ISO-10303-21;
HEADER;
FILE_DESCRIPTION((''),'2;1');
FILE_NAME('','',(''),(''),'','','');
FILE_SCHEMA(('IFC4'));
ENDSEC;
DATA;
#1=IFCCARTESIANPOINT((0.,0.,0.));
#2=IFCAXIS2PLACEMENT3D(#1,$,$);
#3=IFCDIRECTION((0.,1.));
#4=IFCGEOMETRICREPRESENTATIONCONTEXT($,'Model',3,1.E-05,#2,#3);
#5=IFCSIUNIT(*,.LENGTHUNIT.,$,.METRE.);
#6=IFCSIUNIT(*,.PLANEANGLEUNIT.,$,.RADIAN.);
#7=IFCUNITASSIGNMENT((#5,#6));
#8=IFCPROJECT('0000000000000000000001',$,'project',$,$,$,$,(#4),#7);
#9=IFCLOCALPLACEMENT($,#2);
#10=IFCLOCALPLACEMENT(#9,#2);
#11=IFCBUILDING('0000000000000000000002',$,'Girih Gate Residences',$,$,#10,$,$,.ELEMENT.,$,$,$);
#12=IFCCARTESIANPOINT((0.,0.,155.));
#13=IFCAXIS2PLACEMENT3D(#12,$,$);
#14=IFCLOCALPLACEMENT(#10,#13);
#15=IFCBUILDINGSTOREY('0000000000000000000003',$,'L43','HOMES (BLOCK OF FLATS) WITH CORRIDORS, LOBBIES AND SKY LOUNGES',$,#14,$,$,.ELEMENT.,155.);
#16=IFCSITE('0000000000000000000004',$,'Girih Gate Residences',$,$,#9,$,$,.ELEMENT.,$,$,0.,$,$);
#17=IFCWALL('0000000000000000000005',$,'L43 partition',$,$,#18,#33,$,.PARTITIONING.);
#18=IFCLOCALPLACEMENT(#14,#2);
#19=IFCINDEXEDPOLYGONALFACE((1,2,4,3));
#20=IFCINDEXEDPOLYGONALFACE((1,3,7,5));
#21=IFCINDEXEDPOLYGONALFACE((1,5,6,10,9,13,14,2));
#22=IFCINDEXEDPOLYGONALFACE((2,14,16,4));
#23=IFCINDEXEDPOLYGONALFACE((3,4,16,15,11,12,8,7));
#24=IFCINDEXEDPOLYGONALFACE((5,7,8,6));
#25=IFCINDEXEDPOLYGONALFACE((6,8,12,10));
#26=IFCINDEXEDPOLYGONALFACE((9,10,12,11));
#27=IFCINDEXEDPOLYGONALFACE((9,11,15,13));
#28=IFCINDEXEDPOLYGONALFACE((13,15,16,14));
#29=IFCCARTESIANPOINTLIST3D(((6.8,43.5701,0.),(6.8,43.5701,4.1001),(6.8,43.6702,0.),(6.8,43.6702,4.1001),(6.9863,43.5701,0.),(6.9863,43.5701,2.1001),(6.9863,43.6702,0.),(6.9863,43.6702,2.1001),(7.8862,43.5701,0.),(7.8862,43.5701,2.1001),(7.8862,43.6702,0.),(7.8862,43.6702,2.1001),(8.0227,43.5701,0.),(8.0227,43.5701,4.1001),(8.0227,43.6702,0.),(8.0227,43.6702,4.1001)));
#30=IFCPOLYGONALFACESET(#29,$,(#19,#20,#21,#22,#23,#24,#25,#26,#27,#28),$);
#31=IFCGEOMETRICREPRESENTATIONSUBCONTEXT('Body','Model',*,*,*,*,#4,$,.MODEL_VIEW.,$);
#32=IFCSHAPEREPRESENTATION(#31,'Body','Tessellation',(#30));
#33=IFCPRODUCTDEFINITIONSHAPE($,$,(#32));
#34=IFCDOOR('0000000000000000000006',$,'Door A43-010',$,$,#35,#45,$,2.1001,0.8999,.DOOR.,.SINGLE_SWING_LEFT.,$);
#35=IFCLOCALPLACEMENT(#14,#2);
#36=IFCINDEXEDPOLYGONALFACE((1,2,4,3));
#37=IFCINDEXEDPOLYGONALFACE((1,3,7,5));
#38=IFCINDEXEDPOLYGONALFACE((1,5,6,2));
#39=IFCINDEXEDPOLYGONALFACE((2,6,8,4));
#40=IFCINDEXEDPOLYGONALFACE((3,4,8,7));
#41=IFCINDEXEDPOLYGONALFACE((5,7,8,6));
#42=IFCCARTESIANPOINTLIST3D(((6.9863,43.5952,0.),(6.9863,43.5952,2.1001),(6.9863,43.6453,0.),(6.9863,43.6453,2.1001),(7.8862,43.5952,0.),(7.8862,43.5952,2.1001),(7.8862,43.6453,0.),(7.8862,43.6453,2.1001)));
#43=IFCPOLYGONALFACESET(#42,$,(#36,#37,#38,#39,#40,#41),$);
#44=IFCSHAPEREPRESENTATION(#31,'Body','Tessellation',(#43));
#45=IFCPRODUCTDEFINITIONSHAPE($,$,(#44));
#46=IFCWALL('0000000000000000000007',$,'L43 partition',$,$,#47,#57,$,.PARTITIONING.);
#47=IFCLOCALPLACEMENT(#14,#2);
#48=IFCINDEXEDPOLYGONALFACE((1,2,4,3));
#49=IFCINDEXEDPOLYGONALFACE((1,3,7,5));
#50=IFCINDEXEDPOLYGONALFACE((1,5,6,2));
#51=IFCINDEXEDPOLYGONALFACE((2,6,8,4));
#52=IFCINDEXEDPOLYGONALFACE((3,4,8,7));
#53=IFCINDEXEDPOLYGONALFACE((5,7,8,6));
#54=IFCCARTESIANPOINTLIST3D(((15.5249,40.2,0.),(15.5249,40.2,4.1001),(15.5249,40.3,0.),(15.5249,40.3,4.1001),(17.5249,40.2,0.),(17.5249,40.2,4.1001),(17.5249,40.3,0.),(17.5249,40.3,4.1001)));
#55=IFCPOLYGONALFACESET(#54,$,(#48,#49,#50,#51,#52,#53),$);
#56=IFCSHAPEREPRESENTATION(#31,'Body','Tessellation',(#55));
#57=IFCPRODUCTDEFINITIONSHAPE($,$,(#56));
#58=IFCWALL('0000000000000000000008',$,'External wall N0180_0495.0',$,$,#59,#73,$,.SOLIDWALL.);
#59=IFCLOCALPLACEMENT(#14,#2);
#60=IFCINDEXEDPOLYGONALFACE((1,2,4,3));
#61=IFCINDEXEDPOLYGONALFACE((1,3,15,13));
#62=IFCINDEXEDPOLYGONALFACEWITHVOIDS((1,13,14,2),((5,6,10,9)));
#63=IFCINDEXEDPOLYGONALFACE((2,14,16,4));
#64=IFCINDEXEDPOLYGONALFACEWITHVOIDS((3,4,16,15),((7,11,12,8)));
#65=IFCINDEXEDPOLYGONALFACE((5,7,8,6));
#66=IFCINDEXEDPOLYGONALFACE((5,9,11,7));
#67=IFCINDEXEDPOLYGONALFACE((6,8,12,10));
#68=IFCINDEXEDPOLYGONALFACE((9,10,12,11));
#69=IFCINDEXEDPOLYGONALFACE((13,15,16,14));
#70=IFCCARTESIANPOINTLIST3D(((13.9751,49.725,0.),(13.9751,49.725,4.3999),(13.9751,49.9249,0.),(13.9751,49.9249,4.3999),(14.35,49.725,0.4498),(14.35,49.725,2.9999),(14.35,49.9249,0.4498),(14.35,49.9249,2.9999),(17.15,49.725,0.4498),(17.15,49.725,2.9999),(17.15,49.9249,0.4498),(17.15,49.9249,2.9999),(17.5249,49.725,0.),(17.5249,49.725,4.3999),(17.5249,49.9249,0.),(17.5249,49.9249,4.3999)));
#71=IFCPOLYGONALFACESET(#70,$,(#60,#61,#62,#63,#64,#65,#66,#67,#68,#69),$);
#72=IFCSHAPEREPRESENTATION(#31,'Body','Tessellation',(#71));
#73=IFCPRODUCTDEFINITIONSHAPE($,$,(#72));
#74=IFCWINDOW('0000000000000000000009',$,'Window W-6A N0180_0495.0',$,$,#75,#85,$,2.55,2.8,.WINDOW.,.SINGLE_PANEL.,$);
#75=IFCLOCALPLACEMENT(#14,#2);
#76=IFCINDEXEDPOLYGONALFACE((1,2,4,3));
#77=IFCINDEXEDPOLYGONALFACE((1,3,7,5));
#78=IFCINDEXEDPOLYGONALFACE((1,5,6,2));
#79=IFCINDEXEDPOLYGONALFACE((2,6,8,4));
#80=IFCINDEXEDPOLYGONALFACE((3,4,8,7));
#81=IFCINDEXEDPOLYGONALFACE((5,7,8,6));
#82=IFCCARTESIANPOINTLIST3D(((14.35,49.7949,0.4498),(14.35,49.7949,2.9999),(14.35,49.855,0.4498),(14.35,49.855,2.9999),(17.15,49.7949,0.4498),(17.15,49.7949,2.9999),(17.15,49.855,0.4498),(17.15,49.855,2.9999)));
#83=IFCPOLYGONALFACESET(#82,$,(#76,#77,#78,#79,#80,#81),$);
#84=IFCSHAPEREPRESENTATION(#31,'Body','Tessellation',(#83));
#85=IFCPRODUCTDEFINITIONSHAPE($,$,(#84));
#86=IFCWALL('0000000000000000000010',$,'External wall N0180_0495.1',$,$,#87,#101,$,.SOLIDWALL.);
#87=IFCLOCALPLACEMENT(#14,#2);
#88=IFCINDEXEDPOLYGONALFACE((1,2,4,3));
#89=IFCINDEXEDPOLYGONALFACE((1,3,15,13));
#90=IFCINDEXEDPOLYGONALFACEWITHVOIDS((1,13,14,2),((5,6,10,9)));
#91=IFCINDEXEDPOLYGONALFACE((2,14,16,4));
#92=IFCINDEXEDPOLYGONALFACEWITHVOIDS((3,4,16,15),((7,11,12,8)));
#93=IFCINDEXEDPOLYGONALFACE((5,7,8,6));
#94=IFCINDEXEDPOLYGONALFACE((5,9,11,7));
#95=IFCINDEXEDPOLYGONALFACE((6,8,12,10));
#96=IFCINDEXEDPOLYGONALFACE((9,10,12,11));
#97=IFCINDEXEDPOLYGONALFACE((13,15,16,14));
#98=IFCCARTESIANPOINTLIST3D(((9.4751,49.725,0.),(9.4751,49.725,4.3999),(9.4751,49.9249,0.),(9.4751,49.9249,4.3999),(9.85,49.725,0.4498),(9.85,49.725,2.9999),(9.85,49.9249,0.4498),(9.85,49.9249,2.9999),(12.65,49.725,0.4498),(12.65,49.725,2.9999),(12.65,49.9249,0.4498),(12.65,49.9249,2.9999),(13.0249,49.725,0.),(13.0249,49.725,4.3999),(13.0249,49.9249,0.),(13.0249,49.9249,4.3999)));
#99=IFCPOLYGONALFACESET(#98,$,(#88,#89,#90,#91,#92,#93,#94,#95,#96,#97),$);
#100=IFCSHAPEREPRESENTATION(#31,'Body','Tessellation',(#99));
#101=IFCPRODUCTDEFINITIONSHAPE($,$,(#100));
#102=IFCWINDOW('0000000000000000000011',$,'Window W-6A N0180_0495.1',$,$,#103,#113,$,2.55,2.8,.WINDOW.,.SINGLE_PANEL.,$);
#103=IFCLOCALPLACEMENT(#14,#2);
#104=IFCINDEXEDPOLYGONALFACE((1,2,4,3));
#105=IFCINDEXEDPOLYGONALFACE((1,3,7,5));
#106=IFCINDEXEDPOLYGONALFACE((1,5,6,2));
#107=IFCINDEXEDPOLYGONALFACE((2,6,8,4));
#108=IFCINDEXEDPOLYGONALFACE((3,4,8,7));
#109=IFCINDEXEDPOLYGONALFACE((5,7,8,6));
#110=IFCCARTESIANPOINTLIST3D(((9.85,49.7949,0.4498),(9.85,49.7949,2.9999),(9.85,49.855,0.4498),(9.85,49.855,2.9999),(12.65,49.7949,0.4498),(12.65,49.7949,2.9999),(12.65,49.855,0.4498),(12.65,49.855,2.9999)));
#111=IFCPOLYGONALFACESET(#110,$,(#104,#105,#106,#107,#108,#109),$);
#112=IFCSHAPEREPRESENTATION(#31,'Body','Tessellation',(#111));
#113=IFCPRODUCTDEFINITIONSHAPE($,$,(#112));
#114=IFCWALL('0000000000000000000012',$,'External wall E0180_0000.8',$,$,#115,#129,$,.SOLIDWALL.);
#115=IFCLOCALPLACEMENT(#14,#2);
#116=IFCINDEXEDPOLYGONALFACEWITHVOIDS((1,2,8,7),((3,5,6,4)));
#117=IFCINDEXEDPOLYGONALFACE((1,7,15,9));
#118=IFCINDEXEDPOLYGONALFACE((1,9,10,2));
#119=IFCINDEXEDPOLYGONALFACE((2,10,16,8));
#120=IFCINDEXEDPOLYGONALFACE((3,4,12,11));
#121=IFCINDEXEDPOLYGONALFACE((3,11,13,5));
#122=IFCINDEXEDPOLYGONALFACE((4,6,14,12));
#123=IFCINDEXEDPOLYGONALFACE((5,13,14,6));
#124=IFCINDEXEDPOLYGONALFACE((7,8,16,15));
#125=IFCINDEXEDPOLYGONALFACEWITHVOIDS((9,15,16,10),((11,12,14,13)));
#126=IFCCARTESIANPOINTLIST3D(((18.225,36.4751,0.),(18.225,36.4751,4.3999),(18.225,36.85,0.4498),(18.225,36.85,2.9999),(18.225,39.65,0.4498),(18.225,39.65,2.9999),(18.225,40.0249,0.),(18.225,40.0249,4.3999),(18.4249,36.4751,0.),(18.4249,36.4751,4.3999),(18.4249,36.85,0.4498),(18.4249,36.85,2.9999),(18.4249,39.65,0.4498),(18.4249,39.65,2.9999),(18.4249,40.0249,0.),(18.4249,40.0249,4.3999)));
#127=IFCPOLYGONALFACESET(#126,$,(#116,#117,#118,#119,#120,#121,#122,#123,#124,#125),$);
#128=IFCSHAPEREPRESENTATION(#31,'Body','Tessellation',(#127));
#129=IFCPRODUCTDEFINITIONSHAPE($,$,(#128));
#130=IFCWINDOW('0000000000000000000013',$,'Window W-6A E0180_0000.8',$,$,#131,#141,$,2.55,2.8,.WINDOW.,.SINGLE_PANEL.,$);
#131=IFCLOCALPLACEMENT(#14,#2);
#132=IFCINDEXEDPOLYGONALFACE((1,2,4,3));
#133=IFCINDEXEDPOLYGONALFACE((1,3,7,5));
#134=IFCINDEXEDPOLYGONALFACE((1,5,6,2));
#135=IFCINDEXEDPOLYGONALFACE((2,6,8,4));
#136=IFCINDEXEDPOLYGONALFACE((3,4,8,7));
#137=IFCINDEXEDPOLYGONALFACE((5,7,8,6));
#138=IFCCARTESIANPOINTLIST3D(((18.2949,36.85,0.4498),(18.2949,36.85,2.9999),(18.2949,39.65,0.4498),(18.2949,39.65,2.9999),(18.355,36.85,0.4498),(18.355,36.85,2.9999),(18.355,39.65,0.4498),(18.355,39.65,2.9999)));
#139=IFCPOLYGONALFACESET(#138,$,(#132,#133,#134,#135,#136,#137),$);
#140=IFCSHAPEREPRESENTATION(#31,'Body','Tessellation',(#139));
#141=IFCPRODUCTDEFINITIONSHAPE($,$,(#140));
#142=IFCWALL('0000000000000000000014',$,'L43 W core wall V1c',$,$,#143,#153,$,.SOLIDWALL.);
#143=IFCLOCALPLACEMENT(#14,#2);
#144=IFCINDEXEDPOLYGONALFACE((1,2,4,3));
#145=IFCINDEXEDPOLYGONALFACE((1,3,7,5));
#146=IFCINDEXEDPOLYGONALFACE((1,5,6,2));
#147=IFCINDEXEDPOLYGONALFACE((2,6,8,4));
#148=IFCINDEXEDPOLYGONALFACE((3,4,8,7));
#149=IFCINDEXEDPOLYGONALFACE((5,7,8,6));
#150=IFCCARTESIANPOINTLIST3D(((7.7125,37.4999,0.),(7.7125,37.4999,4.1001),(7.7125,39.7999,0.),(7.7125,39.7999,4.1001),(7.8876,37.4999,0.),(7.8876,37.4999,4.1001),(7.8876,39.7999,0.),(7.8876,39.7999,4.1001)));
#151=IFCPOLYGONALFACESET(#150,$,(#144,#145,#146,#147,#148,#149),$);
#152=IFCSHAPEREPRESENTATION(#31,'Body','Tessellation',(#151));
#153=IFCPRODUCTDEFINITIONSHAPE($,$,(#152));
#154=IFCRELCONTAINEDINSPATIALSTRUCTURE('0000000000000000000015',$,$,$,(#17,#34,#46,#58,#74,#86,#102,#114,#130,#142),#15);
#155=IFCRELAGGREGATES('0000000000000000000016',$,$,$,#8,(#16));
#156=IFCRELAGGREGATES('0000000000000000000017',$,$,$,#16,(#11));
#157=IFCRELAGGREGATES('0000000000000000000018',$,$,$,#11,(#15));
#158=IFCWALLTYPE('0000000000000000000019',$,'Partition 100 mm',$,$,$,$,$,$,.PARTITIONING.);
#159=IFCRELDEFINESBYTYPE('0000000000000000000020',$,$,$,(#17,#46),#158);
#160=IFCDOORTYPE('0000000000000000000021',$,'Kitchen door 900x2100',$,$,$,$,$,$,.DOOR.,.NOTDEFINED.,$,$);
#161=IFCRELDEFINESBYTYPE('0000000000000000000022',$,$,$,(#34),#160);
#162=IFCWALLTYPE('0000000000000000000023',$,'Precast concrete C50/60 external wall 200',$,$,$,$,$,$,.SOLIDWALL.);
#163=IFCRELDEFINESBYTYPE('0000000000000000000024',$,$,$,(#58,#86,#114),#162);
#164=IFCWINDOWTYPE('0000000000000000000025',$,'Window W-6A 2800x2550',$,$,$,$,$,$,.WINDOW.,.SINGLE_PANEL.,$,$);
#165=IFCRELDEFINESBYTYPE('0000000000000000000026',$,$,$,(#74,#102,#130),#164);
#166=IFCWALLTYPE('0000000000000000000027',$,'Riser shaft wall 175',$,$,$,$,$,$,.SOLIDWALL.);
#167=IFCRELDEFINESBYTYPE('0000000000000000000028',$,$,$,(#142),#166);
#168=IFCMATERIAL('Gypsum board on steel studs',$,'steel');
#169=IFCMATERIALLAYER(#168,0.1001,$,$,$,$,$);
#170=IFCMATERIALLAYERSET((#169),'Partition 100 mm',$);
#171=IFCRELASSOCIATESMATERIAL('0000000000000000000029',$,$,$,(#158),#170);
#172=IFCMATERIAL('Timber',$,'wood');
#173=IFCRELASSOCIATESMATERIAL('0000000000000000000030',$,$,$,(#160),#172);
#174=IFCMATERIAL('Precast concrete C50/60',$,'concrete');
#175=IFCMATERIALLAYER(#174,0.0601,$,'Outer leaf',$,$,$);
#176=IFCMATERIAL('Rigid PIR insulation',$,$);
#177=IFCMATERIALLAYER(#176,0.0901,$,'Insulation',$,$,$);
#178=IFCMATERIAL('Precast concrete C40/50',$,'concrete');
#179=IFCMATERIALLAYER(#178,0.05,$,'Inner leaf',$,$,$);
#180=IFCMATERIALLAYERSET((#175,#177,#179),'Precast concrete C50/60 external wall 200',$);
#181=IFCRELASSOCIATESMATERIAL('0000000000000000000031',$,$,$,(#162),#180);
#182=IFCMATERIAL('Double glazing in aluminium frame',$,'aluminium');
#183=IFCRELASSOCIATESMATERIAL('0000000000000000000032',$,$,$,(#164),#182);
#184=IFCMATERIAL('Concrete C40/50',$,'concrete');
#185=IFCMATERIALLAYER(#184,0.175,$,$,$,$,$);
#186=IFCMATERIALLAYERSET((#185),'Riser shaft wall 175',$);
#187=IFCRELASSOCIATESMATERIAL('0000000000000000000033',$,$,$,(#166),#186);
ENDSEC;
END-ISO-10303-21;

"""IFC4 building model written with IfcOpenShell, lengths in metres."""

from ifc_helpers import new_model, si_unit, direction, frame, frame_2d, origin, place, context, subcontext, project, spatial, rectangle, extrude, material, layer, layer_set, type_object, element, fill, save


model = new_model("IFC4")

# Units and contexts
model_context = context("Model", 3, precision=1e-05, world=origin(), true_north=direction((0.0, 1.0)))
body_context = subcontext(model_context, "Body", "Model", "MODEL_VIEW")
ifc_project = project(units=[si_unit("LENGTHUNIT", "METRE"), si_unit("PLANEANGLEUNIT", "RADIAN")], contexts=[model_context])

# Site, building, storey
site_placement = place(None, origin())
site = spatial("IfcSite", under=ifc_project, at=site_placement, Name="Girih Gate Residences", CompositionType="ELEMENT", RefElevation=0.0)
building_placement = place(site_placement, origin())
building = spatial("IfcBuilding", under=site, at=building_placement, Name="Girih Gate Residences", CompositionType="ELEMENT")
storey_placement = place(building_placement, frame((0.0, 0.0, 155.0)))
storey = spatial("IfcBuildingStorey", under=building, at=storey_placement, Name="L43", Description="HOMES (BLOCK OF FLATS) WITH CORRIDORS, LOBBIES AND SKY LOUNGES", CompositionType="ELEMENT", Elevation=155.0)

# Shared definitions
ifc_material_1 = material(Name="Gypsum board on steel studs", Category="steel")

# Wall, opening, door
ifc_layer_1 = layer(ifc_material_1, 0.1001)
ifc_layer_set_1 = layer_set([ifc_layer_1], Name="Partition 100 mm")
wall_type_1 = type_object("IfcWallType", Name="Partition 100 mm", PredefinedType="PARTITIONING", material=ifc_layer_set_1)
wall_1_placement = place(storey_placement, frame((8.0227, 43.6201, 0.0), z_axis=(0.0, 0.0, 1.0), x_axis=(-1.0, 0.0, 0.0)))
wall_1 = element("IfcWall", 1, at=wall_1_placement, inside=storey, type_object=wall_type_1, Name="L43 partition", PredefinedType="PARTITIONING", context=body_context, shape_type="SweptSolid", body=[
    extrude(rectangle(XDim=1.2227, YDim=0.1001, at=frame_2d((0.6113, 0.0))), origin(), (0.0, 0.0, 1.0), 4.1001),
])
opening_1_placement = place(wall_1_placement, frame((0.1365, 0.0, 0.0)))
opening_1 = element("IfcOpeningElement", 2, at=opening_1_placement, cuts=wall_1, PredefinedType="OPENING", context=body_context, shape_type="SweptSolid", body=[
    extrude(rectangle(XDim=0.8999, YDim=2.1001, at=frame_2d((0.45, 1.05))), frame((0.0, 0.0601, 0.0), z_axis=(0.0, -1.0, 0.0), x_axis=(1.0, 0.0, 0.0)), (0.0, 0.0, 1.0), 0.1201),
])
ifc_material_2 = material(Name="Timber", Category="wood")
door_type_1 = type_object("IfcDoorType", Name="Kitchen door 900x2100", OperationType="NOTDEFINED", PredefinedType="DOOR", material=ifc_material_2)
door_1_placement = place(opening_1_placement, origin())
door_1 = element("IfcDoor", 3, at=door_1_placement, inside=storey, type_object=door_type_1, Name="Door A43-010", OperationType="SINGLE_SWING_LEFT", OverallHeight=2.1001, OverallWidth=0.8999, PredefinedType="DOOR", context=body_context, shape_type="SweptSolid", body=[
    extrude(rectangle(XDim=0.8999, YDim=2.1001, at=frame_2d((0.45, 1.05))), frame((0.0, 0.0249, 0.0), z_axis=(0.0, -1.0, 0.0), x_axis=(1.0, 0.0, 0.0)), (0.0, 0.0, 1.0), 0.05),
])
fill(opening_1, door_1)

# Wall
wall_2_placement = place(storey_placement, frame((15.5249, 40.25, 0.0), z_axis=(0.0, 0.0, 1.0), x_axis=(1.0, 0.0, 0.0)))
element("IfcWall", 4, at=wall_2_placement, inside=storey, type_object=wall_type_1, Name="L43 partition", PredefinedType="PARTITIONING", context=body_context, shape_type="SweptSolid", body=[
    extrude(rectangle(XDim=2.0, YDim=0.1001, at=frame_2d((1.0, 0.0))), origin(), (0.0, 0.0, 1.0), 4.1001),
])

# Walls, openings, windows
ifc_material_3 = material(Name="Precast concrete C50/60", Category="concrete")
ifc_layer_2 = layer(ifc_material_3, 0.0601, Name="Outer leaf")
ifc_material_4 = material(Name="Rigid PIR insulation")
ifc_layer_3 = layer(ifc_material_4, 0.0901, Name="Insulation")
ifc_material_5 = material(Name="Precast concrete C40/50", Category="concrete")
ifc_layer_4 = layer(ifc_material_5, 0.05, Name="Inner leaf")
ifc_layer_set_2 = layer_set([ifc_layer_2, ifc_layer_3, ifc_layer_4], Name="Precast concrete C50/60 external wall 200")
wall_type_2 = type_object("IfcWallType", Name="Precast concrete C50/60 external wall 200", PredefinedType="SOLIDWALL", material=ifc_layer_set_2)
wall_3_placement = place(storey_placement, frame((13.9751, 49.825, 0.0), z_axis=(0.0, 0.0, 1.0), x_axis=(1.0, 0.0, 0.0)))
wall_3 = element("IfcWall", 5, at=wall_3_placement, inside=storey, type_object=wall_type_2, Name="External wall N0180_0495.0", PredefinedType="SOLIDWALL", context=body_context, shape_type="SweptSolid", body=[
    extrude(rectangle(XDim=3.5498, YDim=0.2, at=frame_2d((1.7749, 0.0))), origin(), (0.0, 0.0, 1.0), 4.3999),
])
opening_2_placement = place(wall_3_placement, frame((0.375, 0.0, 0.45)))
opening_2 = element("IfcOpeningElement", 6, at=opening_2_placement, cuts=wall_3, PredefinedType="OPENING", context=body_context, shape_type="SweptSolid", body=[
    extrude(rectangle(XDim=2.8, YDim=2.55, at=frame_2d((1.3999, 1.2749))), frame((0.0, 0.1099, 0.0), z_axis=(0.0, -1.0, 0.0), x_axis=(1.0, 0.0, 0.0)), (0.0, 0.0, 1.0), 0.22),
])
ifc_material_6 = material(Name="Double glazing in aluminium frame", Category="aluminium")
window_type = type_object("IfcWindowType", Name="Window W-6A 2800x2550", PartitioningType="SINGLE_PANEL", PredefinedType="WINDOW", material=ifc_material_6)
window_1_placement = place(opening_2_placement, origin())
window_1 = element("IfcWindow", 7, at=window_1_placement, inside=storey, type_object=window_type, Name="Window W-6A N0180_0495.0", OverallHeight=2.55, OverallWidth=2.8, PartitioningType="SINGLE_PANEL", PredefinedType="WINDOW", context=body_context, shape_type="SweptSolid", body=[
    extrude(rectangle(XDim=2.8, YDim=2.55, at=frame_2d((1.3999, 1.2749))), frame((0.0, 0.03, 0.0), z_axis=(0.0, -1.0, 0.0), x_axis=(1.0, 0.0, 0.0)), (0.0, 0.0, 1.0), 0.0601),
])
fill(opening_2, window_1)
wall_4_placement = place(storey_placement, frame((9.4751, 49.825, 0.0), z_axis=(0.0, 0.0, 1.0), x_axis=(1.0, 0.0, 0.0)))
wall_4 = element("IfcWall", 8, at=wall_4_placement, inside=storey, type_object=wall_type_2, Name="External wall N0180_0495.1", PredefinedType="SOLIDWALL", context=body_context, shape_type="SweptSolid", body=[
    extrude(rectangle(XDim=3.5498, YDim=0.2, at=frame_2d((1.7749, 0.0))), origin(), (0.0, 0.0, 1.0), 4.3999),
])
opening_3_placement = place(wall_4_placement, frame((0.375, 0.0, 0.45)))
opening_3 = element("IfcOpeningElement", 9, at=opening_3_placement, cuts=wall_4, PredefinedType="OPENING", context=body_context, shape_type="SweptSolid", body=[
    extrude(rectangle(XDim=2.8, YDim=2.55, at=frame_2d((1.3999, 1.2749))), frame((0.0, 0.1099, 0.0), z_axis=(0.0, -1.0, 0.0), x_axis=(1.0, 0.0, 0.0)), (0.0, 0.0, 1.0), 0.22),
])
window_2_placement = place(opening_3_placement, origin())
window_2 = element("IfcWindow", 10, at=window_2_placement, inside=storey, type_object=window_type, Name="Window W-6A N0180_0495.1", OverallHeight=2.55, OverallWidth=2.8, PartitioningType="SINGLE_PANEL", PredefinedType="WINDOW", context=body_context, shape_type="SweptSolid", body=[
    extrude(rectangle(XDim=2.8, YDim=2.55, at=frame_2d((1.3999, 1.2749))), frame((0.0, 0.03, 0.0), z_axis=(0.0, -1.0, 0.0), x_axis=(1.0, 0.0, 0.0)), (0.0, 0.0, 1.0), 0.0601),
])
fill(opening_3, window_2)
wall_5_placement = place(storey_placement, frame((18.325, 40.0249, 0.0), z_axis=(0.0, 0.0, 1.0), x_axis=(0.0, -1.0, 0.0)))
wall_5 = element("IfcWall", 11, at=wall_5_placement, inside=storey, type_object=wall_type_2, Name="External wall E0180_0000.8", PredefinedType="SOLIDWALL", context=body_context, shape_type="SweptSolid", body=[
    extrude(rectangle(XDim=3.5498, YDim=0.2, at=frame_2d((1.7749, 0.0))), origin(), (0.0, 0.0, 1.0), 4.3999),
])
opening_4_placement = place(wall_5_placement, frame((0.375, 0.0, 0.45)))
opening_4 = element("IfcOpeningElement", 12, at=opening_4_placement, cuts=wall_5, PredefinedType="OPENING", context=body_context, shape_type="SweptSolid", body=[
    extrude(rectangle(XDim=2.8, YDim=2.55, at=frame_2d((1.3999, 1.2749))), frame((0.0, 0.1099, 0.0), z_axis=(0.0, -1.0, 0.0), x_axis=(1.0, 0.0, 0.0)), (0.0, 0.0, 1.0), 0.22),
])
window_3_placement = place(opening_4_placement, origin())
window_3 = element("IfcWindow", 13, at=window_3_placement, inside=storey, type_object=window_type, Name="Window W-6A E0180_0000.8", OverallHeight=2.55, OverallWidth=2.8, PartitioningType="SINGLE_PANEL", PredefinedType="WINDOW", context=body_context, shape_type="SweptSolid", body=[
    extrude(rectangle(XDim=2.8, YDim=2.55, at=frame_2d((1.3999, 1.2749))), frame((0.0, 0.03, 0.0), z_axis=(0.0, -1.0, 0.0), x_axis=(1.0, 0.0, 0.0)), (0.0, 0.0, 1.0), 0.0601),
])
fill(opening_4, window_3)

# Wall
ifc_material_7 = material(Name="Concrete C40/50", Category="concrete")
ifc_layer_5 = layer(ifc_material_7, 0.175)
ifc_layer_set_3 = layer_set([ifc_layer_5], Name="Riser shaft wall 175")
wall_type_3 = type_object("IfcWallType", Name="Riser shaft wall 175", PredefinedType="SOLIDWALL", material=ifc_layer_set_3)
wall_6_placement = place(storey_placement, frame((7.8, 37.5, 0.0), z_axis=(0.0, 0.0, 1.0), x_axis=(0.0, 1.0, 0.0)))
element("IfcWall", 14, at=wall_6_placement, inside=storey, type_object=wall_type_3, Name="L43 W core wall V1c", PredefinedType="SOLIDWALL", context=body_context, shape_type="SweptSolid", body=[
    extrude(rectangle(XDim=2.3, YDim=0.175, at=frame_2d((1.1499, 0.0))), origin(), (0.0, 0.0, 1.0), 4.1001),
])

save(model, "model.ifc")
